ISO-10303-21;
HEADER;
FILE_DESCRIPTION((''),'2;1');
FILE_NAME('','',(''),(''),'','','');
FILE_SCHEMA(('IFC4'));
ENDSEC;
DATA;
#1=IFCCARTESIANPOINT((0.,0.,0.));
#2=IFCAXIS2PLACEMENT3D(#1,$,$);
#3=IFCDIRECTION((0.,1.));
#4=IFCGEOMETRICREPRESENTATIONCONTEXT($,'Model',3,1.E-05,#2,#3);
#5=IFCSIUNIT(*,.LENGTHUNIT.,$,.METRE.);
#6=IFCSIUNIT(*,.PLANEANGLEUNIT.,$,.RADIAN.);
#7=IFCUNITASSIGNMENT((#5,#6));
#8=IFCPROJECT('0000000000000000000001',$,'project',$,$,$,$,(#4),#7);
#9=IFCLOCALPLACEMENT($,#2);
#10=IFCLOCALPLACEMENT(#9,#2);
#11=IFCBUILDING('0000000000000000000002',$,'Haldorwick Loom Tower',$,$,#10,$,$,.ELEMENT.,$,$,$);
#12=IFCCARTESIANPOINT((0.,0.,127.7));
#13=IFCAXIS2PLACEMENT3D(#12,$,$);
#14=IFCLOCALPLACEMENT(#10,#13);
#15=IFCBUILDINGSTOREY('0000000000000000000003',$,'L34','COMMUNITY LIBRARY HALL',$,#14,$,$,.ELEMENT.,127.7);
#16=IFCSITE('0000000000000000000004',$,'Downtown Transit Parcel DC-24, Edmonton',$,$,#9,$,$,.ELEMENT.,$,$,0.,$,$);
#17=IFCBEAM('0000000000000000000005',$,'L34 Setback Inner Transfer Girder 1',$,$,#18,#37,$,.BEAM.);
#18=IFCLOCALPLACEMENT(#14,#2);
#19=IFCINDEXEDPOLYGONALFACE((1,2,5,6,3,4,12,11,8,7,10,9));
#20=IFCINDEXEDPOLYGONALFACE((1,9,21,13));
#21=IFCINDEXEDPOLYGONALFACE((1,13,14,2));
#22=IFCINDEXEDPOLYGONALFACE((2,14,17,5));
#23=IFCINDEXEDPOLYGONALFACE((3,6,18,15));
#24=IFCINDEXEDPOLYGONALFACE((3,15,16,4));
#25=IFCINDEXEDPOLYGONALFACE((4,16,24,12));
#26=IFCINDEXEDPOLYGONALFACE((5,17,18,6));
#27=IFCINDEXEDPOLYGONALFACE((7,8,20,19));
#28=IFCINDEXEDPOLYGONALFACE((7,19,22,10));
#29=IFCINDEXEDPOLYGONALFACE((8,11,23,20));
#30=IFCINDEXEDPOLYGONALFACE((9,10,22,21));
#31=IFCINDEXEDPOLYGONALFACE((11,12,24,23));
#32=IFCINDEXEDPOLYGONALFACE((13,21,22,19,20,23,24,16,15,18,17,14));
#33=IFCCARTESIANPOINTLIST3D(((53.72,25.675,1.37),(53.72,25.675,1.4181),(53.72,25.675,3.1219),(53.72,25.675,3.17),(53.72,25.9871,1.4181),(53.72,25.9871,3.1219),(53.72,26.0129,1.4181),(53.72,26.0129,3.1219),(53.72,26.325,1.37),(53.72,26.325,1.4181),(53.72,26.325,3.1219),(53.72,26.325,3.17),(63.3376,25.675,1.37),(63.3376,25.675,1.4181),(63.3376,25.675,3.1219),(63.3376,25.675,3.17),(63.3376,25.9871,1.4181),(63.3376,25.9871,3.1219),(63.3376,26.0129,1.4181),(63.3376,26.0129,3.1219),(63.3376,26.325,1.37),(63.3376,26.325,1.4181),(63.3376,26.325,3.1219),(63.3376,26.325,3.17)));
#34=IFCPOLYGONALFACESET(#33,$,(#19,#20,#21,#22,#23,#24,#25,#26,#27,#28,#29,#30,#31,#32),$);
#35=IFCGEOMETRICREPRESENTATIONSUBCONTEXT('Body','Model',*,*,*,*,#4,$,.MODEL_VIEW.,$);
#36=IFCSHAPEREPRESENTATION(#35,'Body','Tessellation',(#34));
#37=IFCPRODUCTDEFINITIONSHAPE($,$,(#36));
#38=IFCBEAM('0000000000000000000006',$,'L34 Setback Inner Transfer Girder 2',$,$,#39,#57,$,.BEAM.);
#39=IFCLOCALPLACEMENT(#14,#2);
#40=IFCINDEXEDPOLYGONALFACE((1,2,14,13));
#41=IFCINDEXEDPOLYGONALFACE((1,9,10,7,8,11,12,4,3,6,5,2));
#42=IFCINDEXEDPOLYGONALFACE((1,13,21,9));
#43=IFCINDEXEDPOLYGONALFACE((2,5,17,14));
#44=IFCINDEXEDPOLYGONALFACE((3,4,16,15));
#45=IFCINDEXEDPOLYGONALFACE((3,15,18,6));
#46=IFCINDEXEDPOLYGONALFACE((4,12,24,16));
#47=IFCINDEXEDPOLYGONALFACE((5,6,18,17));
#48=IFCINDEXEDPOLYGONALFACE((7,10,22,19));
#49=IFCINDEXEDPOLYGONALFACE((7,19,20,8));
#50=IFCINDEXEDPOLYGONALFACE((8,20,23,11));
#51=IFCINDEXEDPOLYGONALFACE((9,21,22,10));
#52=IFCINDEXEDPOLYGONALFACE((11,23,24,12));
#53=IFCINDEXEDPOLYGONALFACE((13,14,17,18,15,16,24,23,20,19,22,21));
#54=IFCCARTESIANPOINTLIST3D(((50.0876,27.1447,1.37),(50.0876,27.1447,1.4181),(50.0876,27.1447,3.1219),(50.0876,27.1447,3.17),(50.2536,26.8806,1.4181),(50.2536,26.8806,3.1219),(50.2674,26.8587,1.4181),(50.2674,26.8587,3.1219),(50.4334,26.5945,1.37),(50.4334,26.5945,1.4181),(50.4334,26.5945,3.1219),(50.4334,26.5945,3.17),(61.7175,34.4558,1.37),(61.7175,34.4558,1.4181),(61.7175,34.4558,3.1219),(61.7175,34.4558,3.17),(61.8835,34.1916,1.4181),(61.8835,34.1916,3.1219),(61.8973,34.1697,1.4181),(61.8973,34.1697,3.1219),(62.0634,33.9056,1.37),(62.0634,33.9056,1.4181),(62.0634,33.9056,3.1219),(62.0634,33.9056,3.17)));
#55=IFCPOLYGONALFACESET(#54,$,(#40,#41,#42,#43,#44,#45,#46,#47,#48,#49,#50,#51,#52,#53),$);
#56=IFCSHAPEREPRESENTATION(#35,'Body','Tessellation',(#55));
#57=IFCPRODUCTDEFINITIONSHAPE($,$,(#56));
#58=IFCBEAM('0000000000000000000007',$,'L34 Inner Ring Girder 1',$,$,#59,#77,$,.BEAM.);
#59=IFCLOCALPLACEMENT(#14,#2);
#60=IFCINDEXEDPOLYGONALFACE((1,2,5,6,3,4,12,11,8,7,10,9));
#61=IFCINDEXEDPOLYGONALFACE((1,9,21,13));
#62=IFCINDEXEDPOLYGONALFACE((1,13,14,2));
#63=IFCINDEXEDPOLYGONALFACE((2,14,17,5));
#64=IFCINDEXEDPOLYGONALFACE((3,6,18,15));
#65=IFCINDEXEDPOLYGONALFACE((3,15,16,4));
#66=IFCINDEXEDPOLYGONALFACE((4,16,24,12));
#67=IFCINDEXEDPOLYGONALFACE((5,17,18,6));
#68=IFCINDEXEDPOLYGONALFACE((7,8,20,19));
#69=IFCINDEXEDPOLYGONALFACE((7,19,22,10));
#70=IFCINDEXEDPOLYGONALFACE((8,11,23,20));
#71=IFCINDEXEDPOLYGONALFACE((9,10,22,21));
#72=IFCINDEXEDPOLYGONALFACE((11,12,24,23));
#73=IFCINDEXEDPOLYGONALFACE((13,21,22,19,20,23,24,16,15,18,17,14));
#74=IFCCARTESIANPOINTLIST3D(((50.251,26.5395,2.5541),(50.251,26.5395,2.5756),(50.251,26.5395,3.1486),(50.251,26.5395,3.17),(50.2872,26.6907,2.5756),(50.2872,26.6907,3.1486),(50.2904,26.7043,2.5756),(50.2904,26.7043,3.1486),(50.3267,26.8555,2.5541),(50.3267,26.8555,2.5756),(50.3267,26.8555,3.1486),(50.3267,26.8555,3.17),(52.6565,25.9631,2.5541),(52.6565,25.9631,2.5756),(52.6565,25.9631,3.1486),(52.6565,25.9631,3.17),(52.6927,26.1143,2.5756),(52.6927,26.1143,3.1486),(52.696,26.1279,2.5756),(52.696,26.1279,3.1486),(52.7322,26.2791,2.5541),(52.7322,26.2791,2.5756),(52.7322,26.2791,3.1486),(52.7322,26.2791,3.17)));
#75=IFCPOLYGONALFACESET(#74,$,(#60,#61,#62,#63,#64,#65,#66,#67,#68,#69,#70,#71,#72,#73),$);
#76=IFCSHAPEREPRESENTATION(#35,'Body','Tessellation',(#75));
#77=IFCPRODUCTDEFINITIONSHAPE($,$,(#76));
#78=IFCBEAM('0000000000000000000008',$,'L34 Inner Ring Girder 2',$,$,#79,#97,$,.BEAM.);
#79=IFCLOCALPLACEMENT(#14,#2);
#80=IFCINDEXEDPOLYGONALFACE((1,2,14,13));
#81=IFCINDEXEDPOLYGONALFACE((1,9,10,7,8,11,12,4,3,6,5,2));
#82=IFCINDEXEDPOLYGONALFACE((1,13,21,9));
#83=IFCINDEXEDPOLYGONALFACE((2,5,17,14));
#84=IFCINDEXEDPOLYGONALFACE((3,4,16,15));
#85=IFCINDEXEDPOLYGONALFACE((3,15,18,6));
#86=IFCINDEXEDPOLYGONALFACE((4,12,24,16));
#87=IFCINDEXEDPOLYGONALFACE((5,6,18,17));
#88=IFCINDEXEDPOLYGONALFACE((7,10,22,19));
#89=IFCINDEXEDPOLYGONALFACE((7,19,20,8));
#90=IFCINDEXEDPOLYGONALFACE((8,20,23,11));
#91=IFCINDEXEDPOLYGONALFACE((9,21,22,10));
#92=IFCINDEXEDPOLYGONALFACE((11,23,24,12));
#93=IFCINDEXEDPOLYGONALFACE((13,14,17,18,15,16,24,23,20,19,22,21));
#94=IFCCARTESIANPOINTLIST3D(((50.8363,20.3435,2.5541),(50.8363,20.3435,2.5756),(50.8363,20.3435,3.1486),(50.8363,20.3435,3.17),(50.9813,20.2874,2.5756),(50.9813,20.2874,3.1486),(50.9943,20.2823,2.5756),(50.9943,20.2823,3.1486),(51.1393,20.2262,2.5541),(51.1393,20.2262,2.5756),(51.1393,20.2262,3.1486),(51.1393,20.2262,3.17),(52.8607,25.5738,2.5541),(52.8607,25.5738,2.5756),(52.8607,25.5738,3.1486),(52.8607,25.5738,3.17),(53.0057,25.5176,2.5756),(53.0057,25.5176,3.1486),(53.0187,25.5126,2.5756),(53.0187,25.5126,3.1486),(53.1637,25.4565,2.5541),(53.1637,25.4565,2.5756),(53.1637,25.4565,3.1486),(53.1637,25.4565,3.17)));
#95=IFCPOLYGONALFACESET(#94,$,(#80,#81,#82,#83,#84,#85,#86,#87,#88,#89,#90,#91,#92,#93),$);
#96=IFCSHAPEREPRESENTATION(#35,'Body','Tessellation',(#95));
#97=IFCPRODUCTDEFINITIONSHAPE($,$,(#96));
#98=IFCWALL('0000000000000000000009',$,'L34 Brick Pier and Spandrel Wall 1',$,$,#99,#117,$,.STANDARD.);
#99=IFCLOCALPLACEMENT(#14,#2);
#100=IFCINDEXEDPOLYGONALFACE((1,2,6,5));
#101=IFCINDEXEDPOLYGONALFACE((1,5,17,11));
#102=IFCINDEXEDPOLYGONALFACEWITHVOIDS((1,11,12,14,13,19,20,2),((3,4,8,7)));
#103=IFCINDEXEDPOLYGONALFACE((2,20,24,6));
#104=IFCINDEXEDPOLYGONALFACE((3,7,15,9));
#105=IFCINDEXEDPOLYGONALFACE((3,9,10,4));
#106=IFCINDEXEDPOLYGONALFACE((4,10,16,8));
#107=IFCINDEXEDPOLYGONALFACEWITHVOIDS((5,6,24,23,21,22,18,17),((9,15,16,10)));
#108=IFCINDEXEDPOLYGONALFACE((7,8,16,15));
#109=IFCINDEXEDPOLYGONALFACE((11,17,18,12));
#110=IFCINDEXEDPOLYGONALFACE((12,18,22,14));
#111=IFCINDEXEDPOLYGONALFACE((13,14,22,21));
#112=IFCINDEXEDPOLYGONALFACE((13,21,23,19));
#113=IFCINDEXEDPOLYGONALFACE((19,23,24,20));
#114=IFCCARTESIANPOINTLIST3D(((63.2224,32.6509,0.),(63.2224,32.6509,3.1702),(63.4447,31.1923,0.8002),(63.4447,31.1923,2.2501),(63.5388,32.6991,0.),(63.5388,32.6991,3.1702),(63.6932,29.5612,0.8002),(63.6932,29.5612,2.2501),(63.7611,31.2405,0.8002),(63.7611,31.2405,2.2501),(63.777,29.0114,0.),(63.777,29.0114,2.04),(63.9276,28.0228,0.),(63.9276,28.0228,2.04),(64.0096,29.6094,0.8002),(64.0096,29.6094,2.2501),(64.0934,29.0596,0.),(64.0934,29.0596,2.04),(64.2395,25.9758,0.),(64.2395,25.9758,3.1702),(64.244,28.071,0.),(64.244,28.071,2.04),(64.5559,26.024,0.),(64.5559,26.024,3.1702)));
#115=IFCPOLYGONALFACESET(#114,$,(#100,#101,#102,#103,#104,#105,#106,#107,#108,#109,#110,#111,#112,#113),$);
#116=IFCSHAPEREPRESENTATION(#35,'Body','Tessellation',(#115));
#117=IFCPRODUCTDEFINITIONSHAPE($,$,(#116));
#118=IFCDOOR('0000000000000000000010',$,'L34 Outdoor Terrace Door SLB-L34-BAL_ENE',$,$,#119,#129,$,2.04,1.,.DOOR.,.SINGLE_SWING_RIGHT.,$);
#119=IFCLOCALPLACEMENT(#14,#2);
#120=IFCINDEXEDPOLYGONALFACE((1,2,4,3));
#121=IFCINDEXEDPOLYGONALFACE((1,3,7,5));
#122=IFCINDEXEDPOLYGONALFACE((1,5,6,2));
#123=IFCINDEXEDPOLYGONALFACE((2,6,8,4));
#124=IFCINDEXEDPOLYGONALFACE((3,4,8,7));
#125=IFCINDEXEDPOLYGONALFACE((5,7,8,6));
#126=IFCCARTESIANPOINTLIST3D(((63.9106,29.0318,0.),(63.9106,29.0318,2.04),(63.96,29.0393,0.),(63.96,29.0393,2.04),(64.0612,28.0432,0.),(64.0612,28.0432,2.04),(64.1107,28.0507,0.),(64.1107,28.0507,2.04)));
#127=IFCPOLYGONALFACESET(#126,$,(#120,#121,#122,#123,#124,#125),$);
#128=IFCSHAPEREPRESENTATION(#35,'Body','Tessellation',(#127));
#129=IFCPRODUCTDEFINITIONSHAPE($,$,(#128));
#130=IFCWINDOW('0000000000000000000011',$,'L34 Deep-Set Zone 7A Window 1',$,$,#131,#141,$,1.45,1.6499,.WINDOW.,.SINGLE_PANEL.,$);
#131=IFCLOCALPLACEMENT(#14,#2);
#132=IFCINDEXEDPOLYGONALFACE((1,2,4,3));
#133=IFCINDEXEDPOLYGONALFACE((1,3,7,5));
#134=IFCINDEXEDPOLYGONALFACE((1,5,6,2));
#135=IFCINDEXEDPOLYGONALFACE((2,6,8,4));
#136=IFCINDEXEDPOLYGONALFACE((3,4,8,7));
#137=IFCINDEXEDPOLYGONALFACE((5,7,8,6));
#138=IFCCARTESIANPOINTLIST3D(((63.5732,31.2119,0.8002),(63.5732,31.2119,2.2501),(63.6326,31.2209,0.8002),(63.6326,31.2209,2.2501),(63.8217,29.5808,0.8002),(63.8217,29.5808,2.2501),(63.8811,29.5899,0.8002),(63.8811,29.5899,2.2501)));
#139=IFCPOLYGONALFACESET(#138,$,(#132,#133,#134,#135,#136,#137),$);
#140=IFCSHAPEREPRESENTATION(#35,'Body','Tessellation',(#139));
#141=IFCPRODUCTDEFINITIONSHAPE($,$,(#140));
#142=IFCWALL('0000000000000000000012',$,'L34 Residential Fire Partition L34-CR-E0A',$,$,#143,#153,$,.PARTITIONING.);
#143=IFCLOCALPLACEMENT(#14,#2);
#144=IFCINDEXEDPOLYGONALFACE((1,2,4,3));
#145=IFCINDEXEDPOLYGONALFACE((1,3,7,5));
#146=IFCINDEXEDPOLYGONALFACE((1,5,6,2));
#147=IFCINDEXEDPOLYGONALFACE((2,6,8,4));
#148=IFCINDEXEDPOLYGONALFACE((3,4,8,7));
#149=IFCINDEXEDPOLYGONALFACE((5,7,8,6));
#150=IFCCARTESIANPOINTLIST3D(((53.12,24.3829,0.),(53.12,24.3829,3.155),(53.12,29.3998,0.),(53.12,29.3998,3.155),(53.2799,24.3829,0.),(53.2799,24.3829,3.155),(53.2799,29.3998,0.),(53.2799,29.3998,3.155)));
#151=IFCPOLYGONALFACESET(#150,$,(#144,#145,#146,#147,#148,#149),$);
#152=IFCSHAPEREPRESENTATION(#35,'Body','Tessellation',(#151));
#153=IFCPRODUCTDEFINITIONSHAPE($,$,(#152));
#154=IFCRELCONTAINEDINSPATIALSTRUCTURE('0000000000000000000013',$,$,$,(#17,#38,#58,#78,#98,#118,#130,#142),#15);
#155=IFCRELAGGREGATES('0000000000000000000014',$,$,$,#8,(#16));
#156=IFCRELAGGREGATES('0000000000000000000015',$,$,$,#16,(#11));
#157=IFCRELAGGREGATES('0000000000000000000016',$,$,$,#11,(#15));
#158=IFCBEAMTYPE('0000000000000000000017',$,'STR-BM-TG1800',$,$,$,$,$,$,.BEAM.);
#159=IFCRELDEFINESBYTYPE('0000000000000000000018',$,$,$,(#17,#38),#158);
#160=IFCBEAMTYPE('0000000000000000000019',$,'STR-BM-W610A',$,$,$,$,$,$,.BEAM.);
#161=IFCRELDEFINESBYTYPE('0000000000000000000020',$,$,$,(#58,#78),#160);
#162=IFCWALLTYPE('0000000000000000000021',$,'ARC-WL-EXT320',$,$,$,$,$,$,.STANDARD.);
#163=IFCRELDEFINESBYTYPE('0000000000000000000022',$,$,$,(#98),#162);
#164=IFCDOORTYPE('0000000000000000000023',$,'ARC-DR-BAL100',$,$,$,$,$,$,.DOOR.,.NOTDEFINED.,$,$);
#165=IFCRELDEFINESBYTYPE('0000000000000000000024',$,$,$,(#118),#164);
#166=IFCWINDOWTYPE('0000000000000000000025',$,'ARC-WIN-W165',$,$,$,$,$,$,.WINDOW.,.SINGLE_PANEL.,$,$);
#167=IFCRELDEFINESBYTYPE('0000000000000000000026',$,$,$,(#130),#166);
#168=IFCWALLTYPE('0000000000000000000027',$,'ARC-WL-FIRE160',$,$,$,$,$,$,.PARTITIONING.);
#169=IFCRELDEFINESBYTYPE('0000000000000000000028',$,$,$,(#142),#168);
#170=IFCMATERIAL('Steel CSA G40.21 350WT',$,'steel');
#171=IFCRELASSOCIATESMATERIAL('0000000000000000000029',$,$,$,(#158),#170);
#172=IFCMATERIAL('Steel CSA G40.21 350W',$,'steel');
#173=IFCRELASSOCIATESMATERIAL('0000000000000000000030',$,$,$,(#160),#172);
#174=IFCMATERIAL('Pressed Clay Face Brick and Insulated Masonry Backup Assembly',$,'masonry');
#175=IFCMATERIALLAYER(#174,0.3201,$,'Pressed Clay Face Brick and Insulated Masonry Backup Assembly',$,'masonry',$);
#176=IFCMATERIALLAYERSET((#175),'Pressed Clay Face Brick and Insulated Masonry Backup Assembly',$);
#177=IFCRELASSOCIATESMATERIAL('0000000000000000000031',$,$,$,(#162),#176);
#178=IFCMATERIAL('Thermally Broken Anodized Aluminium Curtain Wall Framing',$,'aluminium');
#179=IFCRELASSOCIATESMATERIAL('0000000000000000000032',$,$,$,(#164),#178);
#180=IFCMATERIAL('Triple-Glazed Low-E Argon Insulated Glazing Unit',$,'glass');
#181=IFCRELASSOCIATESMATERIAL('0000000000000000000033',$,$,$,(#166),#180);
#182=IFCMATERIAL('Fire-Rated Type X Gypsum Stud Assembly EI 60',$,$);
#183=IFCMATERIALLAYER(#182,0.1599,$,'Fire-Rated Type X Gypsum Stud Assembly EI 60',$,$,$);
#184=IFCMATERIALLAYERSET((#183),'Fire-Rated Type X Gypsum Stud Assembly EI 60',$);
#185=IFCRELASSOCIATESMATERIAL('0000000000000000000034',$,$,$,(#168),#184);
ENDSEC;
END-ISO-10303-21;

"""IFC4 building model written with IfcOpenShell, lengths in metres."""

from ifc_helpers import new_model, si_unit, direction, frame, frame_2d, origin, origin_2d, place, context, subcontext, project, spatial, rectangle, i_section, extrude, material, layer, layer_set, material_profile, profile_set, type_object, element, fill, save


model = new_model("IFC4")

# Units and contexts
model_context = context("Model", 3, precision=1e-05, world=origin(), true_north=direction((0.0, 1.0)))
body_context = subcontext(model_context, "Body", "Model", "MODEL_VIEW")
ifc_project = project(units=[si_unit("LENGTHUNIT", "METRE"), si_unit("PLANEANGLEUNIT", "RADIAN")], contexts=[model_context])

# Site, building, storey
site_placement = place(None, origin())
site = spatial("IfcSite", under=ifc_project, at=site_placement, Name="Downtown Transit Parcel DC-24, Edmonton", CompositionType="ELEMENT", RefElevation=0.0)
building_placement = place(site_placement, origin())
building = spatial("IfcBuilding", under=site, at=building_placement, Name="Haldorwick Loom Tower", CompositionType="ELEMENT")
storey_placement = place(building_placement, frame((0.0, 0.0, 127.7)))
storey = spatial("IfcBuildingStorey", under=building, at=storey_placement, Name="L34", Description="COMMUNITY LIBRARY HALL", CompositionType="ELEMENT", Elevation=127.7)

# Shared definitions
ifc_material_1 = material(Name="Steel CSA G40.21 350WT", Category="steel")

# Beams
ifc_material_2 = material(Name="Steel CSA G40.21 350W", Category="steel")
ifc_material_profile_1 = material_profile(ifc_material_1, i_section(OverallWidth=0.6499, OverallDepth=1.8, WebThickness=0.0259, FlangeThickness=0.0481, at=origin_2d()), Name="WWF1800X650", Category="steel")
ifc_profile_set_1 = profile_set([ifc_material_profile_1], Name="Steel CSA G40.21 350WT")
beam_type_1 = type_object("IfcBeamType", Name="STR-BM-TG1800", PredefinedType="BEAM", material=ifc_profile_set_1)
beam_1_placement = place(storey_placement, frame((53.72, 26.0, 2.27), z_axis=(1.0, 0.0, 0.0), x_axis=(0.0, 1.0, 0.0)))
element("IfcBeam", 1, at=beam_1_placement, inside=storey, type_object=beam_type_1, Name="L34 Setback Inner Transfer Girder 1", PredefinedType="BEAM", context=body_context, shape_type="SweptSolid", body=[
    extrude(i_section(OverallWidth=0.6499, OverallDepth=1.8, WebThickness=0.0259, FlangeThickness=0.0481, at=origin_2d()), origin(), (0.0, 0.0, 1.0), 9.6177),
])
beam_2_placement = place(storey_placement, frame((50.2605, 26.8696, 2.27), z_axis=(0.84661, 0.532214, 0.0), x_axis=(-0.532214, 0.84661, 0.0)))
element("IfcBeam", 2, at=beam_2_placement, inside=storey, type_object=beam_type_1, Name="L34 Setback Inner Transfer Girder 2", PredefinedType="BEAM", context=body_context, shape_type="SweptSolid", body=[
    extrude(i_section(OverallWidth=0.6499, OverallDepth=1.8, WebThickness=0.0259, FlangeThickness=0.0481, at=origin_2d()), origin(), (0.0, 0.0, 1.0), 13.7371),
])
ifc_material_profile_2 = material_profile(ifc_material_2, i_section(OverallWidth=0.325, OverallDepth=0.616, WebThickness=0.0139, FlangeThickness=0.0215, at=origin_2d()), Name="W610X174", Category="steel")
ifc_profile_set_2 = profile_set([ifc_material_profile_2], Name="Steel CSA G40.21 350W")
beam_type_2 = type_object("IfcBeamType", Name="STR-BM-W610A", PredefinedType="BEAM", material=ifc_profile_set_2)
beam_3_placement = place(storey_placement, frame((50.2888, 26.6975, 2.8621), z_axis=(0.972471, -0.233026, 0.0), x_axis=(0.233026, 0.972471, 0.0)))
element("IfcBeam", 3, at=beam_3_placement, inside=storey, type_object=beam_type_2, Name="L34 Inner Ring Girder 1", PredefinedType="BEAM", context=body_context, shape_type="SweptSolid", body=[
    extrude(i_section(OverallWidth=0.325, OverallDepth=0.616, WebThickness=0.0139, FlangeThickness=0.0215, at=origin_2d()), origin(), (0.0, 0.0, 1.0), 2.4736),
])
beam_4_placement = place(storey_placement, frame((53.0122, 25.5151, 2.8621), z_axis=(-0.360965, -0.932579, 0.0), x_axis=(0.932579, -0.360965, 0.0)))
element("IfcBeam", 4, at=beam_4_placement, inside=storey, type_object=beam_type_2, Name="L34 Inner Ring Girder 2", PredefinedType="BEAM", context=body_context, shape_type="SweptSolid", body=[
    extrude(i_section(OverallWidth=0.325, OverallDepth=0.616, WebThickness=0.0139, FlangeThickness=0.0215, at=origin_2d()), origin(), (0.0, 0.0, 1.0), 5.6084),
])

# Wall, openings, door, window
ifc_material_3 = material(Name="Pressed Clay Face Brick and Insulated Masonry Backup Assembly", Category="masonry")
ifc_layer_1 = layer(ifc_material_3, 0.3201, Name="Pressed Clay Face Brick and Insulated Masonry Backup Assembly", Category="masonry")
ifc_layer_set_1 = layer_set([ifc_layer_1], Name="Pressed Clay Face Brick and Insulated Masonry Backup Assembly")
wall_type_1 = type_object("IfcWallType", Name="ARC-WL-EXT320", PredefinedType="STANDARD", material=ifc_layer_set_1)
wall_1_placement = place(storey_placement, frame((64.3977, 26.0, 0.0), z_axis=(0.0, 0.0, 1.0), x_axis=(-0.150633, 0.98859, 0.0)))
wall_1 = element("IfcWall", 5, at=wall_1_placement, inside=storey, type_object=wall_type_1, Name="L34 Brick Pier and Spandrel Wall 1", PredefinedType="STANDARD", context=body_context, shape_type="SweptSolid", body=[
    extrude(rectangle(XDim=6.7522, YDim=0.3201, at=frame_2d((3.376, 0.0))), origin(), (0.0, 0.0, 1.0), 3.1702),
])
opening_1_placement = place(wall_1_placement, frame((2.0706, 0.0, 0.0)))
opening_1 = element("IfcOpeningElement", 6, at=opening_1_placement, cuts=wall_1, PredefinedType="OPENING", context=body_context, shape_type="SweptSolid", body=[
    extrude(rectangle(XDim=1.0, YDim=2.04, at=frame_2d((0.5, 1.02))), frame((0.0, 0.1699, 0.0), z_axis=(0.0, -1.0, 0.0), x_axis=(1.0, 0.0, 0.0)), (0.0, 0.0, 1.0), 0.3401),
])
opening_2_placement = place(wall_1_placement, frame((3.6267, 0.0, 0.8)))
opening_2 = element("IfcOpeningElement", 7, at=opening_2_placement, cuts=wall_1, PredefinedType="OPENING", context=body_context, shape_type="SweptSolid", body=[
    extrude(rectangle(XDim=1.6499, YDim=1.45, at=frame_2d((0.825, 0.7251))), frame((0.0, 0.1699, 0.0), z_axis=(0.0, -1.0, 0.0), x_axis=(1.0, 0.0, 0.0)), (0.0, 0.0, 1.0), 0.3401),
])
ifc_material_4 = material(Name="Thermally Broken Anodized Aluminium Curtain Wall Framing", Category="aluminium")
door_type_1 = type_object("IfcDoorType", Name="ARC-DR-BAL100", OperationType="NOTDEFINED", PredefinedType="DOOR", material=ifc_material_4)
door_1_placement = place(opening_1_placement, origin())
door_1 = element("IfcDoor", 8, at=door_1_placement, inside=storey, type_object=door_type_1, Name="L34 Outdoor Terrace Door SLB-L34-BAL_ENE", OperationType="SINGLE_SWING_RIGHT", OverallHeight=2.04, OverallWidth=1.0, PredefinedType="DOOR", context=body_context, shape_type="SweptSolid", body=[
    extrude(rectangle(XDim=1.0, YDim=2.04, at=frame_2d((0.5, 1.02))), frame((0.0, 0.0249, 0.0), z_axis=(0.0, -1.0, 0.0), x_axis=(1.0, 0.0, 0.0)), (0.0, 0.0, 1.0), 0.05),
])
fill(opening_1, door_1)
ifc_material_5 = material(Name="Triple-Glazed Low-E Argon Insulated Glazing Unit", Category="glass")
window_type = type_object("IfcWindowType", Name="ARC-WIN-W165", PartitioningType="SINGLE_PANEL", PredefinedType="WINDOW", material=ifc_material_5)
window_placement = place(opening_2_placement, origin())
window = element("IfcWindow", 9, at=window_placement, inside=storey, type_object=window_type, Name="L34 Deep-Set Zone 7A Window 1", OverallHeight=1.45, OverallWidth=1.6499, PartitioningType="SINGLE_PANEL", PredefinedType="WINDOW", context=body_context, shape_type="SweptSolid", body=[
    extrude(rectangle(XDim=1.6499, YDim=1.45, at=frame_2d((0.825, 0.7251))), frame((0.0, 0.03, 0.0), z_axis=(0.0, -1.0, 0.0), x_axis=(1.0, 0.0, 0.0)), (0.0, 0.0, 1.0), 0.0601),
])
fill(opening_2, window)

# Wall
ifc_material_6 = material(Name="Fire-Rated Type X Gypsum Stud Assembly EI 60")
ifc_layer_2 = layer(ifc_material_6, 0.1599, Name="Fire-Rated Type X Gypsum Stud Assembly EI 60")
ifc_layer_set_2 = layer_set([ifc_layer_2], Name="Fire-Rated Type X Gypsum Stud Assembly EI 60")
wall_type_2 = type_object("IfcWallType", Name="ARC-WL-FIRE160", PredefinedType="PARTITIONING", material=ifc_layer_set_2)
wall_2_placement = place(storey_placement, frame((53.2, 24.3831, 0.0), z_axis=(0.0, 0.0, 1.0), x_axis=(0.0, 1.0, 0.0)))
element("IfcWall", 10, at=wall_2_placement, inside=storey, type_object=wall_type_2, Name="L34 Residential Fire Partition L34-CR-E0A", PredefinedType="PARTITIONING", context=body_context, shape_type="SweptSolid", body=[
    extrude(rectangle(XDim=5.0168, YDim=0.1599, at=frame_2d((2.5083, 0.0))), origin(), (0.0, 0.0, 1.0), 3.155),
])

save(model, "model.ifc")
